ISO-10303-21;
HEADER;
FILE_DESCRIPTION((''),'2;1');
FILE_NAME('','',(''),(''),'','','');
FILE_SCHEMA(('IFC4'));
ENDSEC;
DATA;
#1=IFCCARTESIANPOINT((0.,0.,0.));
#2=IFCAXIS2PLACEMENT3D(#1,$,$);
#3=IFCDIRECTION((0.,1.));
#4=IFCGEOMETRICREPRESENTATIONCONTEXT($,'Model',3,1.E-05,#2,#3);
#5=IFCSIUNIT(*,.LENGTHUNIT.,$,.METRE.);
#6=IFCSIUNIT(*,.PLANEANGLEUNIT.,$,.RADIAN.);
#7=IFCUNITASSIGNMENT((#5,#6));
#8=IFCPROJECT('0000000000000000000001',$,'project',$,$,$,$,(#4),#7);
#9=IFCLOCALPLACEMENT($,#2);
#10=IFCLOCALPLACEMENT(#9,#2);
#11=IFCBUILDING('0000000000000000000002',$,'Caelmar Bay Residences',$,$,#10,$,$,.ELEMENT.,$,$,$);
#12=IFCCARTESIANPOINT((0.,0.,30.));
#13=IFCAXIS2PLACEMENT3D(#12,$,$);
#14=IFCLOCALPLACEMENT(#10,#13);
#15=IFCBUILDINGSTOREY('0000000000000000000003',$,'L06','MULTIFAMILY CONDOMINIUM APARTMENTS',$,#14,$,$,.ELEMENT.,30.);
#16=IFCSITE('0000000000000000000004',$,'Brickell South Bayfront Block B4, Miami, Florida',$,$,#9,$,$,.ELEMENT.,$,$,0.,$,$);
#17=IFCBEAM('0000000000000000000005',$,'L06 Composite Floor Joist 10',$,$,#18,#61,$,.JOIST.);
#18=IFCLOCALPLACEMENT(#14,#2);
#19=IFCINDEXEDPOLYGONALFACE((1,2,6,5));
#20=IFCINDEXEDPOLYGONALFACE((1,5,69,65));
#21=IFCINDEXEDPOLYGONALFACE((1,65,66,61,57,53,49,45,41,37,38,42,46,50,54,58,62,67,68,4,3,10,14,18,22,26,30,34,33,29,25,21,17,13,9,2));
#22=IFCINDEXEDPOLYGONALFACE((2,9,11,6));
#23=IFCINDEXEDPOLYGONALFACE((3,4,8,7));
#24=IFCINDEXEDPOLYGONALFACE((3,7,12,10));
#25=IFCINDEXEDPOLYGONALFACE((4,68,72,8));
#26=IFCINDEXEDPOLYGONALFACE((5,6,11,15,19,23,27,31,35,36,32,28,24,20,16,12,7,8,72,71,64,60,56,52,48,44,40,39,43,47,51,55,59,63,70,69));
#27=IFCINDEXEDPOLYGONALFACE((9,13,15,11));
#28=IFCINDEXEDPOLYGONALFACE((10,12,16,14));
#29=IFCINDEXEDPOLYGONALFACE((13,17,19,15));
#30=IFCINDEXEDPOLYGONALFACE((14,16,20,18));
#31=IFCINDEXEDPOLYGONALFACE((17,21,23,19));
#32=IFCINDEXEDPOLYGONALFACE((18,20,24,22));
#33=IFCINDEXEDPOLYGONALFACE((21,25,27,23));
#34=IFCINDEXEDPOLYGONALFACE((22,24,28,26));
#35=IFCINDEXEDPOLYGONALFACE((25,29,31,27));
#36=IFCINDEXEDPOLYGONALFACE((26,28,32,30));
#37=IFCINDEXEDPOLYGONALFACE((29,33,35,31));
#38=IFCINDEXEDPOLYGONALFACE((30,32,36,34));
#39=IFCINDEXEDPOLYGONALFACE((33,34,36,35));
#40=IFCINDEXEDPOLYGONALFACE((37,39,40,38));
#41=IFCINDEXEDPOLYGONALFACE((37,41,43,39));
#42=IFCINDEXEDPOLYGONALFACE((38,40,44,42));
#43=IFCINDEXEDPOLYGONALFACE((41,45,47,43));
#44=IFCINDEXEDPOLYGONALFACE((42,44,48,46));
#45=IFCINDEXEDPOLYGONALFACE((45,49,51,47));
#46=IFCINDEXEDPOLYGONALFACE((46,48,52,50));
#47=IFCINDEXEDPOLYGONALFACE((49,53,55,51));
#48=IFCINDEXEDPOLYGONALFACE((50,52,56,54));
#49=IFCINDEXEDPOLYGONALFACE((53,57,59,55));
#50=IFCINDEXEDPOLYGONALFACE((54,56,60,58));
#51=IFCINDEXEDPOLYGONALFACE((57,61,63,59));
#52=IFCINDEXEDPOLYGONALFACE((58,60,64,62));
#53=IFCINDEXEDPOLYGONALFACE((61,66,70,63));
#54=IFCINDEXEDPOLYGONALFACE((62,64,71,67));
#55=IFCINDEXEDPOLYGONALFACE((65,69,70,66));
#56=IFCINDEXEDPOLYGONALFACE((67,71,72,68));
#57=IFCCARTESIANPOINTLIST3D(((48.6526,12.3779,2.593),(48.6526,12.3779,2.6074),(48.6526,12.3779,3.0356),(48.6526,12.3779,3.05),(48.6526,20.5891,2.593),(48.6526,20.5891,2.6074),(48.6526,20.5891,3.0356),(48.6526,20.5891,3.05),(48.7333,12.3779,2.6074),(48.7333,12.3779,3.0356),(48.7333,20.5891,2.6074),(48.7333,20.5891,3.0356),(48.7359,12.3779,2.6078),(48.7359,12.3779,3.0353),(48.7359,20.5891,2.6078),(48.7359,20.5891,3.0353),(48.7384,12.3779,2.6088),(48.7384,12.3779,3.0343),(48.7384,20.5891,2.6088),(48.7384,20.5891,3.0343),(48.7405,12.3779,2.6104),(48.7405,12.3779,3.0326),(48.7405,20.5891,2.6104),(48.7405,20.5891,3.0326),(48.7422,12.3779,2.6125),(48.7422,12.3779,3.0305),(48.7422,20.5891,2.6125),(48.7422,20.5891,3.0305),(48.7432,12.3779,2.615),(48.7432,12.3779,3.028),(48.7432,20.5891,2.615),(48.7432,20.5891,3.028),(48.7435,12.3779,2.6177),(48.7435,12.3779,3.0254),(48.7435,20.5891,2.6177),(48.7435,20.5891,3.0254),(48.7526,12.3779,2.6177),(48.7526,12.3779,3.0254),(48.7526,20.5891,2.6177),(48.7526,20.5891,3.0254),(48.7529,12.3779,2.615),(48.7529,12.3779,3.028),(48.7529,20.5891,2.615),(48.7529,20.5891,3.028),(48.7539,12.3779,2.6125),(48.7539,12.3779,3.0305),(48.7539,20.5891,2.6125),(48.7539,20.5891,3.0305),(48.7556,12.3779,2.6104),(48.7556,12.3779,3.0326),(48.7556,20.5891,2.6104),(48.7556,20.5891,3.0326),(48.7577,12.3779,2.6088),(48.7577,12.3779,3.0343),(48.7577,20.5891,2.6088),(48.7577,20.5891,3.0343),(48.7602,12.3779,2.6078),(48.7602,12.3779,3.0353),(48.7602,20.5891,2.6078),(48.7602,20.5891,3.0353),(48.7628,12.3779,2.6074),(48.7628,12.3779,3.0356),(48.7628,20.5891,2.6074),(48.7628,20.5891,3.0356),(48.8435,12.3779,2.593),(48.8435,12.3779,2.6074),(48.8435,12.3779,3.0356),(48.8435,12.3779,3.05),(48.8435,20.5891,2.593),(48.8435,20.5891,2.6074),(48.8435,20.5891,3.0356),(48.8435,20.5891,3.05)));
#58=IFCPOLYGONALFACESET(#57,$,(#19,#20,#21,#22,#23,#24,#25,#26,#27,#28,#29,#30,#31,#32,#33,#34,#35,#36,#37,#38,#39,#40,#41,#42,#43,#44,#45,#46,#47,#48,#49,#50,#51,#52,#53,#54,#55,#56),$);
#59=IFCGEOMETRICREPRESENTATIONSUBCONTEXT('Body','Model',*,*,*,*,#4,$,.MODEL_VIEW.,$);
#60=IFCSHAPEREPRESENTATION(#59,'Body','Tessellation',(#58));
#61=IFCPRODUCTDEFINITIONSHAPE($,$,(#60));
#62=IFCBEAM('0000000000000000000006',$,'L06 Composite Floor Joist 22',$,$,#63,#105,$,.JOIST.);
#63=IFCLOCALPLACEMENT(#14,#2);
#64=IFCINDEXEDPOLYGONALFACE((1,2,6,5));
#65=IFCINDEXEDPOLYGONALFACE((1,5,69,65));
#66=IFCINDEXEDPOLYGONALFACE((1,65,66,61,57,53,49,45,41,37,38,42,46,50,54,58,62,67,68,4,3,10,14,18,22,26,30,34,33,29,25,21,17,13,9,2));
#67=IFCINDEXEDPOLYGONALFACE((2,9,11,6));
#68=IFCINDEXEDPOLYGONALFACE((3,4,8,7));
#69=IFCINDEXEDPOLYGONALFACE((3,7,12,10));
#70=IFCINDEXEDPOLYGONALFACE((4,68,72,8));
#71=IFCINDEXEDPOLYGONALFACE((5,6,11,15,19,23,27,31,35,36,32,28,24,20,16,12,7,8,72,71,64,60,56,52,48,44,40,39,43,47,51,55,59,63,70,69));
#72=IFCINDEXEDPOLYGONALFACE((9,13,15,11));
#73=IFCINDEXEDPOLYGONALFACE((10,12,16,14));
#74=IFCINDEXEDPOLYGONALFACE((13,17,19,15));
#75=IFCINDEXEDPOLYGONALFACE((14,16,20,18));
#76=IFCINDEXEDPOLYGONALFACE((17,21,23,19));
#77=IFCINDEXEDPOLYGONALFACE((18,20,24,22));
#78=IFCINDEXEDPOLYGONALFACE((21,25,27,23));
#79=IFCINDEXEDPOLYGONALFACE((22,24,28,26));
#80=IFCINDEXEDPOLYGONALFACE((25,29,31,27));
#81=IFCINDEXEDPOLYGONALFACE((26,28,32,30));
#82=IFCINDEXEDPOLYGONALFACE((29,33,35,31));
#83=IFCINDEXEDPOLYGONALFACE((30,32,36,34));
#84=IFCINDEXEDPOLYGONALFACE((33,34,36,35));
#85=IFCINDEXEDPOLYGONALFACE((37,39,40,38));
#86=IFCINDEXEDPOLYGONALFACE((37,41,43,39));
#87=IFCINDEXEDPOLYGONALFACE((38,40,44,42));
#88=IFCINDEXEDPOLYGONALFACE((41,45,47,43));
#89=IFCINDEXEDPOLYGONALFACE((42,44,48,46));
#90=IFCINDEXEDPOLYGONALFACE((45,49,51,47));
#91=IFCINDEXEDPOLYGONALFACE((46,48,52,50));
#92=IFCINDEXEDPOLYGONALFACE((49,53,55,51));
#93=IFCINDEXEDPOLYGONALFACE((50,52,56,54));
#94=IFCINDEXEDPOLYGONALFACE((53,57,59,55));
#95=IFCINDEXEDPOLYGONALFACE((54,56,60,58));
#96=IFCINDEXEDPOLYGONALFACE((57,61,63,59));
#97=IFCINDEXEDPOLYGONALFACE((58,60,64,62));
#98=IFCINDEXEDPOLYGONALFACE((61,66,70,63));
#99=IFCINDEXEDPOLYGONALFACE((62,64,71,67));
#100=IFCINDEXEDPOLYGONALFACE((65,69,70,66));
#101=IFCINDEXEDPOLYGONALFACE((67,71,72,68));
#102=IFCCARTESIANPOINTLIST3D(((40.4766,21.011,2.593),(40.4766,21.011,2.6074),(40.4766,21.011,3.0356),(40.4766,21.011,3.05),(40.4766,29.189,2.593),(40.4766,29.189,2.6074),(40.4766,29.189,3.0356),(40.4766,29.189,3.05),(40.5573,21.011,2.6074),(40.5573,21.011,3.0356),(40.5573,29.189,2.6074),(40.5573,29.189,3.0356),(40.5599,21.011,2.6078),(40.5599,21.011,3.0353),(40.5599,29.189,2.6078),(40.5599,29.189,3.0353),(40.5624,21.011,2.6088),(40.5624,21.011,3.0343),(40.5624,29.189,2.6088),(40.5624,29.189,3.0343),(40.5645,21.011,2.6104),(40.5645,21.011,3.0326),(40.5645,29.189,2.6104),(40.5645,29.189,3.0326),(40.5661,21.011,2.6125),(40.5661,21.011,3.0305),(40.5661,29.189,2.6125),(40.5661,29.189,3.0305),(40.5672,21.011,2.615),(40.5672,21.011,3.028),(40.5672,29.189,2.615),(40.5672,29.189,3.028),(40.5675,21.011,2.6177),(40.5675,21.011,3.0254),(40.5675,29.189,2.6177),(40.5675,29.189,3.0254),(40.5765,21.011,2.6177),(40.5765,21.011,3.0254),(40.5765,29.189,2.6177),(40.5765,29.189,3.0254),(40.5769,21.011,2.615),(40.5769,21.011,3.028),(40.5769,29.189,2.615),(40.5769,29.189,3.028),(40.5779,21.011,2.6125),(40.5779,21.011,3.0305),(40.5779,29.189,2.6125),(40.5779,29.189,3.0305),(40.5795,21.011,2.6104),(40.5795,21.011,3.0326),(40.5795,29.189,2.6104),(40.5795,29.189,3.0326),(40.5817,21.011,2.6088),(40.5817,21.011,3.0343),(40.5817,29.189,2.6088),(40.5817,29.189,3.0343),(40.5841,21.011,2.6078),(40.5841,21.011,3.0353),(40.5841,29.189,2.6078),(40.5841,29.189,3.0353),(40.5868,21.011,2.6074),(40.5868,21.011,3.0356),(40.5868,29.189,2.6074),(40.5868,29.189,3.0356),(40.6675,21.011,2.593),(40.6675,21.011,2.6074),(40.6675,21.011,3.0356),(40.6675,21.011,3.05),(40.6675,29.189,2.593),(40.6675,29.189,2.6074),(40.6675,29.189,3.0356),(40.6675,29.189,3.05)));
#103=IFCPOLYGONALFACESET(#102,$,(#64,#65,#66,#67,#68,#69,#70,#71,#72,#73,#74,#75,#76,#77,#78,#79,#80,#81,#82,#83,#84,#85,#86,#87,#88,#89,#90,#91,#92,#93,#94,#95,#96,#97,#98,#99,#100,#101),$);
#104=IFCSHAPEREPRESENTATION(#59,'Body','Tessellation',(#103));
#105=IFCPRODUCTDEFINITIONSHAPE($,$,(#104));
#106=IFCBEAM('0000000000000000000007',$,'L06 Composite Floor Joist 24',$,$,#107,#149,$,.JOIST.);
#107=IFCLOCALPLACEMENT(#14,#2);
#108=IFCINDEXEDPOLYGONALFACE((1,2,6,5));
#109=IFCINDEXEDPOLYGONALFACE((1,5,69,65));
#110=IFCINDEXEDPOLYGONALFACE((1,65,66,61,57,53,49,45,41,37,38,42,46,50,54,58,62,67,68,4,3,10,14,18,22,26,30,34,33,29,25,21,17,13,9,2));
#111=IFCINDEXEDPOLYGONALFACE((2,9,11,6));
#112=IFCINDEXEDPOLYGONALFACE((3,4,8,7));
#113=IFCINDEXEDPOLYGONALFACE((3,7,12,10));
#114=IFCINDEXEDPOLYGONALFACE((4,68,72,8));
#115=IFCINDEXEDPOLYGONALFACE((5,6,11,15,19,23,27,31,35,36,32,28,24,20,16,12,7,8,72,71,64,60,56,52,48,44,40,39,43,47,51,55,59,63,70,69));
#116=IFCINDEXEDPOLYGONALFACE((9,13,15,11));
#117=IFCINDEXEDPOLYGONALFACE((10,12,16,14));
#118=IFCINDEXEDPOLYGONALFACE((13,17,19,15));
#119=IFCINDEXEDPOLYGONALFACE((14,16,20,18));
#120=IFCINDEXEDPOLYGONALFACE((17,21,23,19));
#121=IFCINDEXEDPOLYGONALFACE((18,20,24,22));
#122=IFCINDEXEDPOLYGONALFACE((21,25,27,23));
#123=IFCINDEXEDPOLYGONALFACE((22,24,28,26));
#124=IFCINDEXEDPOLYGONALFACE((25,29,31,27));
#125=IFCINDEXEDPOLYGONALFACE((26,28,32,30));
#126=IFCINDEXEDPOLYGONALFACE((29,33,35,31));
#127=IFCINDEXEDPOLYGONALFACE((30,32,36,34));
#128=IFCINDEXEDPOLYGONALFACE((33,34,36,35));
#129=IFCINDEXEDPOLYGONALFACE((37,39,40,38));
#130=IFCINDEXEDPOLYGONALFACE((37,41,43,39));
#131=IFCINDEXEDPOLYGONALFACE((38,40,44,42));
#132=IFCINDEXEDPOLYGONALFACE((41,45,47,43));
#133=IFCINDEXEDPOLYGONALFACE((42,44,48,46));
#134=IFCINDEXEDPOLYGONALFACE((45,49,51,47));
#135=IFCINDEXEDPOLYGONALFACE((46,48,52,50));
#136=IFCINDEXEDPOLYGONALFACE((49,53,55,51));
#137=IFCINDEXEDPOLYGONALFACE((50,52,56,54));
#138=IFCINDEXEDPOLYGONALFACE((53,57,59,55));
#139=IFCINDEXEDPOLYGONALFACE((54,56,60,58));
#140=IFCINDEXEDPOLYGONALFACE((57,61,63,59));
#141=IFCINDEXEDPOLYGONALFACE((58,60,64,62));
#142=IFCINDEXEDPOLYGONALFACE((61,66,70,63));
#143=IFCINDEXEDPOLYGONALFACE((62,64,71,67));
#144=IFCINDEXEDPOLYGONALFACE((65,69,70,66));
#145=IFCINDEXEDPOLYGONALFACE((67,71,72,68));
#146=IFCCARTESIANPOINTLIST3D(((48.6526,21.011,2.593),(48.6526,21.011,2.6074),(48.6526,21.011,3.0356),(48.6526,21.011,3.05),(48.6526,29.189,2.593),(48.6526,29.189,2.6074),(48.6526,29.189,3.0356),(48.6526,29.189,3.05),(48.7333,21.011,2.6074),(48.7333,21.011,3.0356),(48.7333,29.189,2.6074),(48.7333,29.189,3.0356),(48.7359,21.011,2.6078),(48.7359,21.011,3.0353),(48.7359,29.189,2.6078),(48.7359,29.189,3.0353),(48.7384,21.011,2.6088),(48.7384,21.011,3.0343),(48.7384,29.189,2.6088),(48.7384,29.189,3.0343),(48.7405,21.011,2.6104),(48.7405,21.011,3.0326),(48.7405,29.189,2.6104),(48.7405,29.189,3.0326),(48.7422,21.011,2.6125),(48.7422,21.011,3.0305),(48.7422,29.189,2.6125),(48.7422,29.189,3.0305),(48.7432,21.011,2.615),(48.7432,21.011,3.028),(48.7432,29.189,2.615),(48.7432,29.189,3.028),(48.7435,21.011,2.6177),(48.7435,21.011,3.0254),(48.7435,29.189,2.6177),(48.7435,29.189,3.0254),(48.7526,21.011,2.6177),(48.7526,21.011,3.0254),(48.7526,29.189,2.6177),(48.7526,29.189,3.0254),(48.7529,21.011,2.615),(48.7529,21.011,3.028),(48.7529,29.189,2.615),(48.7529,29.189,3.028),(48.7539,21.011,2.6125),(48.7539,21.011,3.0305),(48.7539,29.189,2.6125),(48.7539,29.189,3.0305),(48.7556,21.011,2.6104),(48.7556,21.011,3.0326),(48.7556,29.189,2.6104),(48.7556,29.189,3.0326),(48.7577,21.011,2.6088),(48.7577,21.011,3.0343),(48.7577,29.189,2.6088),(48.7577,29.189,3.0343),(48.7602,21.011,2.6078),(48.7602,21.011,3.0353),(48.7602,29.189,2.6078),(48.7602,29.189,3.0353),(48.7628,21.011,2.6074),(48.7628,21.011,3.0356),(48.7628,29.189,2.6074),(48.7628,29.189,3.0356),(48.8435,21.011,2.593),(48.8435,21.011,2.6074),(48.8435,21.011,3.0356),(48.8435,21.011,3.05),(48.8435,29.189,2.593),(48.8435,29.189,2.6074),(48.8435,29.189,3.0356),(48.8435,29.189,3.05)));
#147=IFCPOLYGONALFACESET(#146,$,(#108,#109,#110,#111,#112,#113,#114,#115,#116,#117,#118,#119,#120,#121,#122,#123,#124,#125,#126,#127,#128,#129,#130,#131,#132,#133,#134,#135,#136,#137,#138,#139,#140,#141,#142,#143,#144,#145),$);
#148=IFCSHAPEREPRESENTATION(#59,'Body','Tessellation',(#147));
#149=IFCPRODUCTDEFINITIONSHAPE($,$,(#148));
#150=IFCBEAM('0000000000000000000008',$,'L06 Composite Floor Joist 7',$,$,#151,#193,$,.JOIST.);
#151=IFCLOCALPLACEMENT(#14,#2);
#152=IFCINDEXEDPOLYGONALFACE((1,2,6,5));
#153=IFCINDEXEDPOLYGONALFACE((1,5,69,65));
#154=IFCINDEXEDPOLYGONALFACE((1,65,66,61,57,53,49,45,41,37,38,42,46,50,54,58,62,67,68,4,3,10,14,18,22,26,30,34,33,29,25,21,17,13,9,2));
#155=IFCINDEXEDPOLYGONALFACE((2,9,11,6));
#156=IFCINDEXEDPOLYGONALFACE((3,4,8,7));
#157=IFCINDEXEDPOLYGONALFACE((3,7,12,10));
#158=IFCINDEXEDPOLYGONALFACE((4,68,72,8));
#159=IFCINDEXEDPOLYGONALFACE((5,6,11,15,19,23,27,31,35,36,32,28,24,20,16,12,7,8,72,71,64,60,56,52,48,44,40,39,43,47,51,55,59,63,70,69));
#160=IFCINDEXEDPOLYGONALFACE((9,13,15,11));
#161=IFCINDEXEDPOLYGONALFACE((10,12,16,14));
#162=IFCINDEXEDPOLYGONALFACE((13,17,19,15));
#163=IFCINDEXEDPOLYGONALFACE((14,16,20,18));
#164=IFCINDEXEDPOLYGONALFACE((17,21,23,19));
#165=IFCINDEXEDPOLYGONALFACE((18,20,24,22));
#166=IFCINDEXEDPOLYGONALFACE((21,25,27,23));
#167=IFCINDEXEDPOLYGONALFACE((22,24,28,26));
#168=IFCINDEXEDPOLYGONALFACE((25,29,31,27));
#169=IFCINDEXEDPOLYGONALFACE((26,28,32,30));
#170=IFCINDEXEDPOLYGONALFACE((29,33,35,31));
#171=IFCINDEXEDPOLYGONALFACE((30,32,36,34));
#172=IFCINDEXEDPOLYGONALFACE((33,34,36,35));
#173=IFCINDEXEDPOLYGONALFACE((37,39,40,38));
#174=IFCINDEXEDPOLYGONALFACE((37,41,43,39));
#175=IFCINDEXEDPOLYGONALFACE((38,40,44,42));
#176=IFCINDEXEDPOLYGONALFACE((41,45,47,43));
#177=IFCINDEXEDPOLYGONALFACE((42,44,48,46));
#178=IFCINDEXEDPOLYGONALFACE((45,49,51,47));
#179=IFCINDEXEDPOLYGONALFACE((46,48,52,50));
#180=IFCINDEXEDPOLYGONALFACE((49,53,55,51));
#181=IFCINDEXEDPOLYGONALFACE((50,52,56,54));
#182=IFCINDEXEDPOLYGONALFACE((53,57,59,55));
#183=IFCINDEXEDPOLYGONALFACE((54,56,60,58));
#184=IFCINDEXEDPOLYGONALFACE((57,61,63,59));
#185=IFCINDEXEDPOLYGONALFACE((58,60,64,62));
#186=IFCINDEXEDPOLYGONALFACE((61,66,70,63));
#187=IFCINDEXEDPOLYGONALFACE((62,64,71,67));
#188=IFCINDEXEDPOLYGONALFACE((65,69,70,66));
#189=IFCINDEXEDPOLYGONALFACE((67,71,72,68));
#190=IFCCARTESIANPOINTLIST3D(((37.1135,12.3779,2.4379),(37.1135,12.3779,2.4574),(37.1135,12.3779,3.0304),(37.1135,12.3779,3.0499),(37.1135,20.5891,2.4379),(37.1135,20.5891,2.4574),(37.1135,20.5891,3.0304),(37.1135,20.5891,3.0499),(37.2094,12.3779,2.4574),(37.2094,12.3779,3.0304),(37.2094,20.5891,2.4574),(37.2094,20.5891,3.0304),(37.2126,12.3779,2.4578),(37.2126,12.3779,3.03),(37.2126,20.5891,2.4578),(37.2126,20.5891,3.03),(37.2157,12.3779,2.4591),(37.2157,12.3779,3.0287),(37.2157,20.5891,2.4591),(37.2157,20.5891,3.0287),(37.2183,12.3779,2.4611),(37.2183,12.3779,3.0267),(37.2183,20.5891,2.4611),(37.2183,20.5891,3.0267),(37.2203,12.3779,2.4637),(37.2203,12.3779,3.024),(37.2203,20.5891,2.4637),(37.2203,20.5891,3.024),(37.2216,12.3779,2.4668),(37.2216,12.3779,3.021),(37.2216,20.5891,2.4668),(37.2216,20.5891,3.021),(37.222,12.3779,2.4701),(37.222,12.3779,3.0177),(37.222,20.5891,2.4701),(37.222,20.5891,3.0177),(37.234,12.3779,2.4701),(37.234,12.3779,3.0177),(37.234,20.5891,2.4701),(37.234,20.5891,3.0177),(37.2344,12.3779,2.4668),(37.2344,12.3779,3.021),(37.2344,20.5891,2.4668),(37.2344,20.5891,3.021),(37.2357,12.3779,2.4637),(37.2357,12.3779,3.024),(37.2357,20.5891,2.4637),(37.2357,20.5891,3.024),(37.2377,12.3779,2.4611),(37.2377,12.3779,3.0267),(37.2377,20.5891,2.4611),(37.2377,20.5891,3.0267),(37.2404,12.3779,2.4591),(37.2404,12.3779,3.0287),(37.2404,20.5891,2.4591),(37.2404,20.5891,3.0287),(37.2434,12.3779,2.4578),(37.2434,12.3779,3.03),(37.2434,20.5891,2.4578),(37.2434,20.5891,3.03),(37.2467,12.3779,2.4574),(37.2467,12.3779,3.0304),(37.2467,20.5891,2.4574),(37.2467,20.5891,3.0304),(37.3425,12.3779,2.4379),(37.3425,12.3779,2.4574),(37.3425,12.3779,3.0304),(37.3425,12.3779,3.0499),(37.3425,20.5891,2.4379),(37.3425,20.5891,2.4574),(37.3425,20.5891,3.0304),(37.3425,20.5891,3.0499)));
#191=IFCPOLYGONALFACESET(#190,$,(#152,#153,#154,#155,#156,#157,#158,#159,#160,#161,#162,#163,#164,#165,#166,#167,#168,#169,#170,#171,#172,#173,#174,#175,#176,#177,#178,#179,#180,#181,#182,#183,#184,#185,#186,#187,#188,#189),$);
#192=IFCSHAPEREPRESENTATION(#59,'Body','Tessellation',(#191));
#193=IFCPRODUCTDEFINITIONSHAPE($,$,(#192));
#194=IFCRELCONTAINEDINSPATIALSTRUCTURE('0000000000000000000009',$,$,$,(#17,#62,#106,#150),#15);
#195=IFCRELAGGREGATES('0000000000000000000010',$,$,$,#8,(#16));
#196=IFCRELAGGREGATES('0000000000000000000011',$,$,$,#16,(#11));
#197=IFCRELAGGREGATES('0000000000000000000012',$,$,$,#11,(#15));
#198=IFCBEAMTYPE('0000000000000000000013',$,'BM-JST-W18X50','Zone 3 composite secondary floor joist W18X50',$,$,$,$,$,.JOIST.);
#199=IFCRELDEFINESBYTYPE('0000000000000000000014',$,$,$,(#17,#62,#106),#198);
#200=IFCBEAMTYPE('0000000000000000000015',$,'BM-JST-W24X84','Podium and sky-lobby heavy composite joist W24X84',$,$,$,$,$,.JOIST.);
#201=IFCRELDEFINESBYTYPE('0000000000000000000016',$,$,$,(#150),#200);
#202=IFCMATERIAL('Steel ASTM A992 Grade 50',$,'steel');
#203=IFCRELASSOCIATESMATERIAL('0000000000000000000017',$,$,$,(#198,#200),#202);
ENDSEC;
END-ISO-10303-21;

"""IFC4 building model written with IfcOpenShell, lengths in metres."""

from ifc_helpers import new_model, si_unit, direction, frame, origin, origin_2d, place, context, subcontext, project, spatial, i_section, extrude, material, material_profile, profile_set, type_object, element, save


model = new_model("IFC4")

# Units and contexts
model_context = context("Model", 3, precision=1e-05, world=origin(), true_north=direction((0.0, 1.0)))
body_context = subcontext(model_context, "Body", "Model", "MODEL_VIEW")
ifc_project = project(units=[si_unit("LENGTHUNIT", "METRE"), si_unit("PLANEANGLEUNIT", "RADIAN")], contexts=[model_context])

# Site, building, storey
site_placement = place(None, origin())
site = spatial("IfcSite", under=ifc_project, at=site_placement, Name="Brickell South Bayfront Block B4, Miami, Florida", CompositionType="ELEMENT", RefElevation=0.0)
building_placement = place(site_placement, origin())
building = spatial("IfcBuilding", under=site, at=building_placement, Name="Caelmar Bay Residences", CompositionType="ELEMENT")
storey_placement = place(building_placement, frame((0.0, 0.0, 30.0)))
storey = spatial("IfcBuildingStorey", under=building, at=storey_placement, Name="L06", Description="MULTIFAMILY CONDOMINIUM APARTMENTS", CompositionType="ELEMENT", Elevation=30.0)

# Beams
ifc_material_1 = material(Name="Steel ASTM A992 Grade 50", Category="steel")
ifc_material_profile_1 = material_profile(ifc_material_1, i_section(OverallWidth=0.1909, OverallDepth=0.457, WebThickness=0.009, FlangeThickness=0.0144, FilletRadius=0.0103, at=origin_2d()), Name="W18X50")
ifc_profile_set_1 = profile_set([ifc_material_profile_1], Name="Steel ASTM A992 Grade 50")
beam_type_1 = type_object("IfcBeamType", Name="BM-JST-W18X50", Description="Zone 3 composite secondary floor joist W18X50", PredefinedType="JOIST", material=ifc_profile_set_1)
for number, where, z_axis, x_axis, name in (
    (1, (48.748, 12.3779, 2.8215), (0.0, 1.0, 0.0), (-1.0, 0.0, 0.0), "L06 Composite Floor Joist 10"),
):
    element("IfcBeam", number, at=place(storey_placement, frame(where, z_axis=z_axis, x_axis=x_axis)), inside=storey, type_object=beam_type_1, Name=name, PredefinedType="JOIST", context=body_context, shape_type="SweptSolid", body=[
        extrude(i_section(OverallWidth=0.1909, OverallDepth=0.457, WebThickness=0.009, FlangeThickness=0.0144, FilletRadius=0.0103, at=origin_2d()), origin(), (0.0, 0.0, 1.0), 8.2112),
    ])
for number, where, z_axis, x_axis, name in (
    (2, (40.572, 21.011, 2.8215), (0.0, 1.0, 0.0), (-1.0, 0.0, 0.0), "L06 Composite Floor Joist 22"),
    (3, (48.748, 21.011, 2.8215), (0.0, 1.0, 0.0), (-1.0, 0.0, 0.0), "L06 Composite Floor Joist 24"),
):
    element("IfcBeam", number, at=place(storey_placement, frame(where, z_axis=z_axis, x_axis=x_axis)), inside=storey, type_object=beam_type_1, Name=name, PredefinedType="JOIST", context=body_context, shape_type="SweptSolid", body=[
        extrude(i_section(OverallWidth=0.1909, OverallDepth=0.457, WebThickness=0.009, FlangeThickness=0.0144, FilletRadius=0.0103, at=origin_2d()), origin(), (0.0, 0.0, 1.0), 8.178),
    ])
ifc_material_profile_2 = material_profile(ifc_material_1, i_section(OverallWidth=0.229, OverallDepth=0.6121, WebThickness=0.012, FlangeThickness=0.0195, FilletRadius=0.0127, at=origin_2d()), Name="W24X84")
ifc_profile_set_2 = profile_set([ifc_material_profile_2], Name="Steel ASTM A992 Grade 50")
beam_type_2 = type_object("IfcBeamType", Name="BM-JST-W24X84", Description="Podium and sky-lobby heavy composite joist W24X84", PredefinedType="JOIST", material=ifc_profile_set_2)
for number, where, z_axis, x_axis, name in (
    (4, (37.228, 12.3779, 2.7439), (0.0, 1.0, 0.0), (-1.0, 0.0, 0.0), "L06 Composite Floor Joist 7"),
):
    element("IfcBeam", number, at=place(storey_placement, frame(where, z_axis=z_axis, x_axis=x_axis)), inside=storey, type_object=beam_type_2, Name=name, PredefinedType="JOIST", context=body_context, shape_type="SweptSolid", body=[
        extrude(i_section(OverallWidth=0.229, OverallDepth=0.6121, WebThickness=0.012, FlangeThickness=0.0195, FilletRadius=0.0127, at=origin_2d()), origin(), (0.0, 0.0, 1.0), 8.2112),
    ])

save(model, "model.ifc")
